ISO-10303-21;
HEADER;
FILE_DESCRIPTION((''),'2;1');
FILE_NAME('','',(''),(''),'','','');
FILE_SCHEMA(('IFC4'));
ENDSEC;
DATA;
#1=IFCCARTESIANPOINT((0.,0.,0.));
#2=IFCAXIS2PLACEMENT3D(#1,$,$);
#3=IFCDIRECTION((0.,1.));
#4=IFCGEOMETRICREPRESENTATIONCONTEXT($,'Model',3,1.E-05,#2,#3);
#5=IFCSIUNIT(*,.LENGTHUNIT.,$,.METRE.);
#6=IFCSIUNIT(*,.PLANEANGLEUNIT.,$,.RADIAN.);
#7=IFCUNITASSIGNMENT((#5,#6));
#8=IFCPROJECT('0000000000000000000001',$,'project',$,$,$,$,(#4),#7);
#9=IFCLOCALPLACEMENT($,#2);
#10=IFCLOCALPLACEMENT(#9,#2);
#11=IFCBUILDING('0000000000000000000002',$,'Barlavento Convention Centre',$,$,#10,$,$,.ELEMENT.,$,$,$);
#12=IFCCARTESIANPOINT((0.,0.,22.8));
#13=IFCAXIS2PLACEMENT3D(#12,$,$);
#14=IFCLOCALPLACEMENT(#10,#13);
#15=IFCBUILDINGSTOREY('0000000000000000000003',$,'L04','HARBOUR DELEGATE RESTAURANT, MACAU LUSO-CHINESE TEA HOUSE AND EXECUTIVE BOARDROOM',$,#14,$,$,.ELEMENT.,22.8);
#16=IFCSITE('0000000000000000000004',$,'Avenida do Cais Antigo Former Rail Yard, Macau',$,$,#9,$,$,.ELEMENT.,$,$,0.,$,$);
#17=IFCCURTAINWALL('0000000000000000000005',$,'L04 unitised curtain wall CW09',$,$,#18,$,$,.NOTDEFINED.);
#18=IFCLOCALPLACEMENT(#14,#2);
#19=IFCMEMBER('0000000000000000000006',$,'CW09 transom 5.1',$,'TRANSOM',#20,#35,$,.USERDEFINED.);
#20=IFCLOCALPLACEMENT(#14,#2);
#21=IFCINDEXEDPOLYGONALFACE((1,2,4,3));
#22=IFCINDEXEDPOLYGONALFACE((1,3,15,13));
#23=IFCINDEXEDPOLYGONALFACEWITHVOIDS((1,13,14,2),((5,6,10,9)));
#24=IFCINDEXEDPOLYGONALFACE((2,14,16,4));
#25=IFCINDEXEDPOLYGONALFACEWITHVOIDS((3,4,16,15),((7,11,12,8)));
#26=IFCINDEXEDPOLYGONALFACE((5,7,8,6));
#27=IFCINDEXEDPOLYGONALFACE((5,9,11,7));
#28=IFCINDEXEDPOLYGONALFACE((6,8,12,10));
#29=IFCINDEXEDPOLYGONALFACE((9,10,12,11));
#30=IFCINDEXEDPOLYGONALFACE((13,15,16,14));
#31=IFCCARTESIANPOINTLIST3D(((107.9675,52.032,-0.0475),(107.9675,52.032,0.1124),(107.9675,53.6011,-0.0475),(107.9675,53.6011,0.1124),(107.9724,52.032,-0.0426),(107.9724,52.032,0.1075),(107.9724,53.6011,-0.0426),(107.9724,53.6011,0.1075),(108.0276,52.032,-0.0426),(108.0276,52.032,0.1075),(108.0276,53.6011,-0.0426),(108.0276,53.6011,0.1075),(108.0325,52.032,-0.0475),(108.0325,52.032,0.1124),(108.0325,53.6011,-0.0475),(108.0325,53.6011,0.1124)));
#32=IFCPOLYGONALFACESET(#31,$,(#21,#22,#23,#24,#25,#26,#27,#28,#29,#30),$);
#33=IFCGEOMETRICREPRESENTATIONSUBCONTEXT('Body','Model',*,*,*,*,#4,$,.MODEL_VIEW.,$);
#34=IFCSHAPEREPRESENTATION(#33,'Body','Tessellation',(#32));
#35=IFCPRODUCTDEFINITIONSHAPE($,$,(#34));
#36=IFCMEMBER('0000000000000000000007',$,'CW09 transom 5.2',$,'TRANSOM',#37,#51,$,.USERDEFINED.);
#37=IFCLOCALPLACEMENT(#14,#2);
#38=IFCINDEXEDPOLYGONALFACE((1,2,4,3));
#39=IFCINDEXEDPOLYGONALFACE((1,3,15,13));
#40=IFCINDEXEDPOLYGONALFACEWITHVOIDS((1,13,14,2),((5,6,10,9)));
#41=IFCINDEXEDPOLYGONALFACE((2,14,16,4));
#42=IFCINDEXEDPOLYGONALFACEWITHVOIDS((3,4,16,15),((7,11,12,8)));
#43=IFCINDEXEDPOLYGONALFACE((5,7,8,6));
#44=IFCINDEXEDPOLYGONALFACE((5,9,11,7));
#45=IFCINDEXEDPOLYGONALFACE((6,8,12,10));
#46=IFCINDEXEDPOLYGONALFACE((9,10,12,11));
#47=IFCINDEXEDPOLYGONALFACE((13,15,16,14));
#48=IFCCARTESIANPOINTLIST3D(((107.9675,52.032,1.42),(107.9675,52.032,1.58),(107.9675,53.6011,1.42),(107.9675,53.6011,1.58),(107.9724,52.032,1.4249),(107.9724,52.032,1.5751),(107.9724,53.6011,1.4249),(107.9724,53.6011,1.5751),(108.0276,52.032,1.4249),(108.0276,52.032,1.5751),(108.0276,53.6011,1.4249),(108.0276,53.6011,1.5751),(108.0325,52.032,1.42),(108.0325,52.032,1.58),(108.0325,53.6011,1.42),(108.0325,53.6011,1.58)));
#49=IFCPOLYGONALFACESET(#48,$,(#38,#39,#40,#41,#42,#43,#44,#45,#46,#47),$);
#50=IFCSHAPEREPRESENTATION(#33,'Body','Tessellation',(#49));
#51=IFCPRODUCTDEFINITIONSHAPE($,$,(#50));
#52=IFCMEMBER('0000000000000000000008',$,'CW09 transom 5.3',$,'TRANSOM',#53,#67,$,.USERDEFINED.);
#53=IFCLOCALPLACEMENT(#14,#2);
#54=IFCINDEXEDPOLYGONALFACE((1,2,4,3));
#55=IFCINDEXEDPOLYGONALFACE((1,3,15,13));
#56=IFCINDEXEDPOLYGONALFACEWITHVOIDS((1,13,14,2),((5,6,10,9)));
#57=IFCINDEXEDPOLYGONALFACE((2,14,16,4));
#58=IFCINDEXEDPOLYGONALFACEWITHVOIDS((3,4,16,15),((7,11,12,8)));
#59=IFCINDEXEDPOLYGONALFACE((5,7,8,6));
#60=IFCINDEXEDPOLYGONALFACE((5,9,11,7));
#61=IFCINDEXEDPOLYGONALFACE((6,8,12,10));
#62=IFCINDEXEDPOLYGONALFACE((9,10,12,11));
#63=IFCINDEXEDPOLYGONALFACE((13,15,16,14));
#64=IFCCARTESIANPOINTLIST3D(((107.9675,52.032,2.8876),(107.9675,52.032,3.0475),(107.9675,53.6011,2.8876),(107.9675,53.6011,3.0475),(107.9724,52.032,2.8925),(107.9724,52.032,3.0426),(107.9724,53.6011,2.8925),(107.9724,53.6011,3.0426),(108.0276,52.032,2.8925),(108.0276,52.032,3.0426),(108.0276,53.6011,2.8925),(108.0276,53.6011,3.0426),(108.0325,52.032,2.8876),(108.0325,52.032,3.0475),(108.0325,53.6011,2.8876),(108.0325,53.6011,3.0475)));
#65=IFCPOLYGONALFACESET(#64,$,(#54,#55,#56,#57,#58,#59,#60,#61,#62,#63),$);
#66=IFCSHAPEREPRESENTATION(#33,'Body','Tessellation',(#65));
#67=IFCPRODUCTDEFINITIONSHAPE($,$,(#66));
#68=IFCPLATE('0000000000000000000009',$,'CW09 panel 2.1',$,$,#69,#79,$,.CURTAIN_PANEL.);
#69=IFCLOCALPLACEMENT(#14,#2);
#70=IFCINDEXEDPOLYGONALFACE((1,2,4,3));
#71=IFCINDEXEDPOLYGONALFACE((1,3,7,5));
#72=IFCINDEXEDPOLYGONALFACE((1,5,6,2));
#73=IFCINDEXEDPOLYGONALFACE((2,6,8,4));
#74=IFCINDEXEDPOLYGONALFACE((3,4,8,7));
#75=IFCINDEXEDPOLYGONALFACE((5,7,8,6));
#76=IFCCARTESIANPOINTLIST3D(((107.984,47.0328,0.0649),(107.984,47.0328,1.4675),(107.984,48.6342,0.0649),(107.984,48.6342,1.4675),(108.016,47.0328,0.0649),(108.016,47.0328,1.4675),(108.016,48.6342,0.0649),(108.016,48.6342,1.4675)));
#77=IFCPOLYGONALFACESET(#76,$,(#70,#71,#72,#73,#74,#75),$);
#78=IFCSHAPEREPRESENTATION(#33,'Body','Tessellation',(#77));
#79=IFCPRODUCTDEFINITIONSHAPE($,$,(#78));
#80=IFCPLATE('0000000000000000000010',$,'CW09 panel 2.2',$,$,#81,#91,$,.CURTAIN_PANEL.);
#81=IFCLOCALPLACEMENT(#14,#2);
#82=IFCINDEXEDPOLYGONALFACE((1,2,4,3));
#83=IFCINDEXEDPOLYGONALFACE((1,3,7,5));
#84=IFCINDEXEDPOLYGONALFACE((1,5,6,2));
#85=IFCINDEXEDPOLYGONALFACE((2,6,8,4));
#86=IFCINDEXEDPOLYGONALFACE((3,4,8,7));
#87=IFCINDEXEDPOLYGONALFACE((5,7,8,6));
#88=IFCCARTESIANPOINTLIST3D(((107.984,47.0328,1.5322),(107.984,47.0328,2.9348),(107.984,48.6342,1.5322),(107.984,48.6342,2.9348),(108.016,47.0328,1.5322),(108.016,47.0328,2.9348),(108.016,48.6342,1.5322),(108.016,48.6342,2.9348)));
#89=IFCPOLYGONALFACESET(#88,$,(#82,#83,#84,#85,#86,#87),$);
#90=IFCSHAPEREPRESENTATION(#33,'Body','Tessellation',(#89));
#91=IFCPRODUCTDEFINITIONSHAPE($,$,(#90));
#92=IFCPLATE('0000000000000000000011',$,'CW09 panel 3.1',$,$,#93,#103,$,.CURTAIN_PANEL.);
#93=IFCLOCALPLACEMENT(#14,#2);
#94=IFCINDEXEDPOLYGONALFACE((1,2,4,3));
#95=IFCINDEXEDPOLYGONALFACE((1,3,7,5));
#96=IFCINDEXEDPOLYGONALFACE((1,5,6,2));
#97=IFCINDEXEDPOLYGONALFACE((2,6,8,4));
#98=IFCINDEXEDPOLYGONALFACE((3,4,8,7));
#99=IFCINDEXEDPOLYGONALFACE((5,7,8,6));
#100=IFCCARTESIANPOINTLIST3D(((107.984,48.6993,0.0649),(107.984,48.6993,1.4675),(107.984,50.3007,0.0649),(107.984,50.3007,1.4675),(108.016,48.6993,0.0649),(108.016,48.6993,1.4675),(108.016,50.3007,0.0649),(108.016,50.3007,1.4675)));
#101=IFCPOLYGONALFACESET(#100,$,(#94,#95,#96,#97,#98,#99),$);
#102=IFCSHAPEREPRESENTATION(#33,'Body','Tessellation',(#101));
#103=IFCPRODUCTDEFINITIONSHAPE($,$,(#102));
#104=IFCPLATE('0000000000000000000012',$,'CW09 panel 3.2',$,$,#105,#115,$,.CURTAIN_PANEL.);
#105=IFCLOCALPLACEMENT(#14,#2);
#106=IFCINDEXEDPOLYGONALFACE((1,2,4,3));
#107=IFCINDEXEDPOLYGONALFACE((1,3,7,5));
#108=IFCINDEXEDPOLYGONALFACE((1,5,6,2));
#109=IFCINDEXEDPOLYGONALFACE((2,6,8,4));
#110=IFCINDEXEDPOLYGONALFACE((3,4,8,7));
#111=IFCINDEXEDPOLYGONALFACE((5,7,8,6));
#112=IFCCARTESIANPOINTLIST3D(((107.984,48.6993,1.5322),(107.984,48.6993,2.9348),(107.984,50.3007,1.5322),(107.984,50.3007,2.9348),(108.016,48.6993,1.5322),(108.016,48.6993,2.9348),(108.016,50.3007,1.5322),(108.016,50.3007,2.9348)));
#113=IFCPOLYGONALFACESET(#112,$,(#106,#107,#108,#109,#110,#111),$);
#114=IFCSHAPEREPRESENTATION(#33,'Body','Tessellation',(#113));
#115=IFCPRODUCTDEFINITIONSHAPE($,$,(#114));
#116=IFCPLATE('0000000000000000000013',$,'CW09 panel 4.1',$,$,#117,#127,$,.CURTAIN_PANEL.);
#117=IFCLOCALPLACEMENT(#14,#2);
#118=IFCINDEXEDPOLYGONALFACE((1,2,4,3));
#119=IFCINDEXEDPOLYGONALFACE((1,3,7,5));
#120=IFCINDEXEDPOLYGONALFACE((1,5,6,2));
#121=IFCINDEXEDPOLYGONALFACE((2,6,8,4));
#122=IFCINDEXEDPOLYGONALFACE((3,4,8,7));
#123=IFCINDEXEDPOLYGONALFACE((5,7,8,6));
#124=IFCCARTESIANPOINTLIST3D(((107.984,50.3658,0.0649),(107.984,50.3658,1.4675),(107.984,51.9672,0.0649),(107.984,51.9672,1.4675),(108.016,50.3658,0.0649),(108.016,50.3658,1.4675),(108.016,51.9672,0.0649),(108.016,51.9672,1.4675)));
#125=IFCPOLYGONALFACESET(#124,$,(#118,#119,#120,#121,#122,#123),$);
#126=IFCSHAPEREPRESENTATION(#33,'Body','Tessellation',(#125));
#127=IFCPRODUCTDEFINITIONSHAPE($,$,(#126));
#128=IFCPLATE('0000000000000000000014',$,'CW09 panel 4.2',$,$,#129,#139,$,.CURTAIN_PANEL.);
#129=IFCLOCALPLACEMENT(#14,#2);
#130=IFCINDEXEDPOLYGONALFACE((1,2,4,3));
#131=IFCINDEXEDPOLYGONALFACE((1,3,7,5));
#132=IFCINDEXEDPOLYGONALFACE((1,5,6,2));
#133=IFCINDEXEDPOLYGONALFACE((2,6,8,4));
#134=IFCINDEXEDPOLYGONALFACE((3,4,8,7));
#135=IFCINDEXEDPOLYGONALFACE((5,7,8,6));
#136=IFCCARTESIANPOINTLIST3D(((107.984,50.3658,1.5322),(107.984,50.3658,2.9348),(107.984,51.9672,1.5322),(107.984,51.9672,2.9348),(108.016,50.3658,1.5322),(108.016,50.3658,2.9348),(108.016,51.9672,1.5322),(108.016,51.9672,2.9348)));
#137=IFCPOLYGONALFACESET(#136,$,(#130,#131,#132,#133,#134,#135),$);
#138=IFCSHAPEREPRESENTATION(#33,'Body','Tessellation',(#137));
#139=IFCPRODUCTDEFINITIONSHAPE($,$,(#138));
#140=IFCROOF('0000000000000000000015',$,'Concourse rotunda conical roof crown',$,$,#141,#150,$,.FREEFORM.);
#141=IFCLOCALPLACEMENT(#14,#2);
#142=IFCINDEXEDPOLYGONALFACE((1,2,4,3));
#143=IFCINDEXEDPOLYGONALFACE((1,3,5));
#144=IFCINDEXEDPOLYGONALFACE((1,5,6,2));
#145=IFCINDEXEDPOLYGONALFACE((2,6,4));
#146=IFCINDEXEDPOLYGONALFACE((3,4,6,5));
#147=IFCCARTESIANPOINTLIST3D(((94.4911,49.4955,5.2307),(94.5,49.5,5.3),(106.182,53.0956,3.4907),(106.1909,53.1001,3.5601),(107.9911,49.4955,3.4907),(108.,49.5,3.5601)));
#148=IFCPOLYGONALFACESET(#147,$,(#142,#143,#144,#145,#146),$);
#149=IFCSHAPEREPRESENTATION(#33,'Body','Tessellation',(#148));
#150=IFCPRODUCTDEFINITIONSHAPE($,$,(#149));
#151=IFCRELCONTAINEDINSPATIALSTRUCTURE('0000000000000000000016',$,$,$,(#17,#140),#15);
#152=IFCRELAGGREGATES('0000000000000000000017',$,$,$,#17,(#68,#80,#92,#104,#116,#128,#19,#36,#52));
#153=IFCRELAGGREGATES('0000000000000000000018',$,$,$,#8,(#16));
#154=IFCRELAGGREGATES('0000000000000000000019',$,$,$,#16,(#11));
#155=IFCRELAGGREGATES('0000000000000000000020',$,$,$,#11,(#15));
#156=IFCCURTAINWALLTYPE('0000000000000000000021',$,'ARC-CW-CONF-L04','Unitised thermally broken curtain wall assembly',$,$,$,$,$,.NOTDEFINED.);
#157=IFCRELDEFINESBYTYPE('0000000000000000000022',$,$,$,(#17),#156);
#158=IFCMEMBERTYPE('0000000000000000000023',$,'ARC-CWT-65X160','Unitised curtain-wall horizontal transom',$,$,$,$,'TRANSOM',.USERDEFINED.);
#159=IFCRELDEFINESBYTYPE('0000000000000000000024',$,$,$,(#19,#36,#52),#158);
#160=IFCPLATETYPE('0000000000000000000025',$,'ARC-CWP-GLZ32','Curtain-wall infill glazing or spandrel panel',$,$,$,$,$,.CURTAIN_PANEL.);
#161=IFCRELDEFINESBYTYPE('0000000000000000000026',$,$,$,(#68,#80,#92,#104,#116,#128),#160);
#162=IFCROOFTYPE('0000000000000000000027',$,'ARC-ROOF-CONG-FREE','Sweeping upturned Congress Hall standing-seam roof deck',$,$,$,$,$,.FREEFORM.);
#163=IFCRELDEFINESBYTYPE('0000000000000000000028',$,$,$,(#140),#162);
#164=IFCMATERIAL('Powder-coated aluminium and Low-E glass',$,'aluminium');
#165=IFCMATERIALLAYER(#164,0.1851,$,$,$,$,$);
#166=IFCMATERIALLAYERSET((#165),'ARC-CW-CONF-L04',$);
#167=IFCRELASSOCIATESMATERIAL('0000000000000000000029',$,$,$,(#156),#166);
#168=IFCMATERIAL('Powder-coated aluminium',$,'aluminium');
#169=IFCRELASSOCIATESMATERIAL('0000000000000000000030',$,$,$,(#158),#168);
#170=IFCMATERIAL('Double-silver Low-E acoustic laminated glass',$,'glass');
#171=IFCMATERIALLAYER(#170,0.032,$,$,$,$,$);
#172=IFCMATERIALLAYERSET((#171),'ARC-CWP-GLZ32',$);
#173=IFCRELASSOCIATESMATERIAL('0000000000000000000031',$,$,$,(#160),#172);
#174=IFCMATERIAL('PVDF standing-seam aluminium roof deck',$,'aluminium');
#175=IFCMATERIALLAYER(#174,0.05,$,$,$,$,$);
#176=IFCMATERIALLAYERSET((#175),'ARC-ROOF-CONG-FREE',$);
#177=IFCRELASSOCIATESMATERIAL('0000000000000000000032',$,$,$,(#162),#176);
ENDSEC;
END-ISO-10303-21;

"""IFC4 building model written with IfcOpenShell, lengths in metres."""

from ifc_helpers import new_model, si_unit, direction, frame, origin, origin_2d, place, context, subcontext, project, spatial, polyline, rectangle, hollow_rectangle, outline, extrude, material, layer, layer_set, material_profile, profile_set, type_object, element, aggregate, save


model = new_model("IFC4")

# Units and contexts
model_context = context("Model", 3, precision=1e-05, world=origin(), true_north=direction((0.0, 1.0)))
body_context = subcontext(model_context, "Body", "Model", "MODEL_VIEW")
ifc_project = project(units=[si_unit("LENGTHUNIT", "METRE"), si_unit("PLANEANGLEUNIT", "RADIAN")], contexts=[model_context])

# Site, building, storey
site_placement = place(None, origin())
site = spatial("IfcSite", under=ifc_project, at=site_placement, Name="Avenida do Cais Antigo Former Rail Yard, Macau", CompositionType="ELEMENT", RefElevation=0.0)
building_placement = place(site_placement, origin())
building = spatial("IfcBuilding", under=site, at=building_placement, Name="Barlavento Convention Centre", CompositionType="ELEMENT")
storey_placement = place(building_placement, frame((0.0, 0.0, 22.8)))
storey = spatial("IfcBuildingStorey", under=building, at=storey_placement, Name="L04", Description="HARBOUR DELEGATE RESTAURANT, MACAU LUSO-CHINESE TEA HOUSE AND EXECUTIVE BOARDROOM", CompositionType="ELEMENT", Elevation=22.8)

# Curtain wall, members, plates
ifc_material_1 = material(Name="Powder-coated aluminium and Low-E glass", Category="aluminium")
ifc_layer_1 = layer(ifc_material_1, 0.1851)
ifc_layer_set_1 = layer_set([ifc_layer_1], Name="ARC-CW-CONF-L04")
curtain_wall_type = type_object("IfcCurtainWallType", Name="ARC-CW-CONF-L04", Description="Unitised thermally broken curtain wall assembly", PredefinedType="NOTDEFINED", material=ifc_layer_set_1)
curtain_wall_placement = place(storey_placement, origin())
curtain_wall = element("IfcCurtainWall", 1, at=curtain_wall_placement, inside=storey, type_object=curtain_wall_type, Name="L04 unitised curtain wall CW09", PredefinedType="NOTDEFINED")
ifc_material_2 = material(Name="Powder-coated aluminium", Category="aluminium")
ifc_material_profile_1 = material_profile(ifc_material_2, hollow_rectangle(XDim=0.0649, YDim=0.1599, WallThickness=0.0049, at=origin_2d()), Name="AL-TRAN 65x160x5")
ifc_profile_set_1 = profile_set([ifc_material_profile_1], Name="Powder-coated aluminium")
member_type_1 = type_object("IfcMemberType", Name="ARC-CWT-65X160", Description="Unitised curtain-wall horizontal transom", ElementType="TRANSOM", PredefinedType="USERDEFINED", material=ifc_profile_set_1)
member_1_placement = place(storey_placement, frame((108.0, 52.032, 0.0325), z_axis=(0.0, 1.0, 0.0), x_axis=(-1.0, 0.0, 0.0)))
member_1 = element("IfcMember", 2, at=member_1_placement, type_object=member_type_1, Name="CW09 transom 5.1", ObjectType="TRANSOM", PredefinedType="USERDEFINED", context=body_context, shape_type="SweptSolid", body=[
    extrude(hollow_rectangle(XDim=0.0649, YDim=0.1599, WallThickness=0.0049, at=origin_2d()), origin(), (0.0, 0.0, 1.0), 1.5691),
])
member_2_placement = place(storey_placement, frame((108.0, 52.032, 1.5), z_axis=(0.0, 1.0, 0.0), x_axis=(-1.0, 0.0, 0.0)))
member_2 = element("IfcMember", 3, at=member_2_placement, type_object=member_type_1, Name="CW09 transom 5.2", ObjectType="TRANSOM", PredefinedType="USERDEFINED", context=body_context, shape_type="SweptSolid", body=[
    extrude(hollow_rectangle(XDim=0.0649, YDim=0.1599, WallThickness=0.0049, at=origin_2d()), origin(), (0.0, 0.0, 1.0), 1.5691),
])
member_3_placement = place(storey_placement, frame((108.0, 52.032, 2.9675), z_axis=(0.0, 1.0, 0.0), x_axis=(-1.0, 0.0, 0.0)))
member_3 = element("IfcMember", 4, at=member_3_placement, type_object=member_type_1, Name="CW09 transom 5.3", ObjectType="TRANSOM", PredefinedType="USERDEFINED", context=body_context, shape_type="SweptSolid", body=[
    extrude(hollow_rectangle(XDim=0.0649, YDim=0.1599, WallThickness=0.0049, at=origin_2d()), origin(), (0.0, 0.0, 1.0), 1.5691),
])
ifc_material_3 = material(Name="Double-silver Low-E acoustic laminated glass", Category="glass")
ifc_layer_2 = layer(ifc_material_3, 0.032)
ifc_layer_set_2 = layer_set([ifc_layer_2], Name="ARC-CWP-GLZ32")
plate_type = type_object("IfcPlateType", Name="ARC-CWP-GLZ32", Description="Curtain-wall infill glazing or spandrel panel", PredefinedType="CURTAIN_PANEL", material=ifc_layer_set_2)
plate_1_placement = place(storey_placement, frame((108.0, 47.8335, 0.0649), z_axis=(0.0, 0.0, 1.0), x_axis=(0.0, 1.0, 0.0)))
plate_1 = element("IfcPlate", 5, at=plate_1_placement, type_object=plate_type, Name="CW09 panel 2.1", PredefinedType="CURTAIN_PANEL", context=body_context, shape_type="SweptSolid", body=[
    extrude(rectangle(XDim=1.6013, YDim=0.032, at=origin_2d()), origin(), (0.0, 0.0, 1.0), 1.4026),
])
plate_2_placement = place(storey_placement, frame((108.0, 47.8335, 1.5322), z_axis=(0.0, 0.0, 1.0), x_axis=(0.0, 1.0, 0.0)))
plate_2 = element("IfcPlate", 6, at=plate_2_placement, type_object=plate_type, Name="CW09 panel 2.2", PredefinedType="CURTAIN_PANEL", context=body_context, shape_type="SweptSolid", body=[
    extrude(rectangle(XDim=1.6013, YDim=0.032, at=origin_2d()), origin(), (0.0, 0.0, 1.0), 1.4026),
])
plate_3_placement = place(storey_placement, frame((108.0, 49.5, 0.0649), z_axis=(0.0, 0.0, 1.0), x_axis=(0.0, 1.0, 0.0)))
plate_3 = element("IfcPlate", 7, at=plate_3_placement, type_object=plate_type, Name="CW09 panel 3.1", PredefinedType="CURTAIN_PANEL", context=body_context, shape_type="SweptSolid", body=[
    extrude(rectangle(XDim=1.6013, YDim=0.032, at=origin_2d()), origin(), (0.0, 0.0, 1.0), 1.4026),
])
plate_4_placement = place(storey_placement, frame((108.0, 49.5, 1.5322), z_axis=(0.0, 0.0, 1.0), x_axis=(0.0, 1.0, 0.0)))
plate_4 = element("IfcPlate", 8, at=plate_4_placement, type_object=plate_type, Name="CW09 panel 3.2", PredefinedType="CURTAIN_PANEL", context=body_context, shape_type="SweptSolid", body=[
    extrude(rectangle(XDim=1.6013, YDim=0.032, at=origin_2d()), origin(), (0.0, 0.0, 1.0), 1.4026),
])
plate_5_placement = place(storey_placement, frame((108.0, 51.1665, 0.0649), z_axis=(0.0, 0.0, 1.0), x_axis=(0.0, 1.0, 0.0)))
plate_5 = element("IfcPlate", 9, at=plate_5_placement, type_object=plate_type, Name="CW09 panel 4.1", PredefinedType="CURTAIN_PANEL", context=body_context, shape_type="SweptSolid", body=[
    extrude(rectangle(XDim=1.6013, YDim=0.032, at=origin_2d()), origin(), (0.0, 0.0, 1.0), 1.4026),
])
plate_6_placement = place(storey_placement, frame((108.0, 51.1665, 1.5322), z_axis=(0.0, 0.0, 1.0), x_axis=(0.0, 1.0, 0.0)))
plate_6 = element("IfcPlate", 10, at=plate_6_placement, type_object=plate_type, Name="CW09 panel 4.2", PredefinedType="CURTAIN_PANEL", context=body_context, shape_type="SweptSolid", body=[
    extrude(rectangle(XDim=1.6013, YDim=0.032, at=origin_2d()), origin(), (0.0, 0.0, 1.0), 1.4026),
])
aggregate(curtain_wall, [plate_1, plate_2, plate_3, plate_4, plate_5, plate_6, member_1, member_2, member_3])

# Roof
ifc_material_4 = material(Name="PVDF standing-seam aluminium roof deck", Category="aluminium")
ifc_layer_3 = layer(ifc_material_4, 0.05)
ifc_layer_set_3 = layer_set([ifc_layer_3], Name="ARC-ROOF-CONG-FREE")
roof_type = type_object("IfcRoofType", Name="ARC-ROOF-CONG-FREE", Description="Sweeping upturned Congress Hall standing-seam roof deck", PredefinedType="FREEFORM", material=ifc_layer_set_3)
roof_placement = place(storey_placement, frame((108.0, 49.5, 3.5601), z_axis=(0.127568, 0.064104, 0.989756), x_axis=(-0.449006, 0.893529, 0.0)))
element("IfcRoof", 11, at=roof_placement, inside=storey, type_object=roof_type, Name="Concourse rotunda conical roof crown", PredefinedType="FREEFORM", context=body_context, shape_type="SweptSolid", body=[
    extrude(outline(polyline([(0.0, 0.0), (4.0291, 0.0), (6.0616, 12.1875), (0.0, 0.0)])), origin(), (0.0, 0.0, -1.0), 0.0701),
])

save(model, "model.ifc")
